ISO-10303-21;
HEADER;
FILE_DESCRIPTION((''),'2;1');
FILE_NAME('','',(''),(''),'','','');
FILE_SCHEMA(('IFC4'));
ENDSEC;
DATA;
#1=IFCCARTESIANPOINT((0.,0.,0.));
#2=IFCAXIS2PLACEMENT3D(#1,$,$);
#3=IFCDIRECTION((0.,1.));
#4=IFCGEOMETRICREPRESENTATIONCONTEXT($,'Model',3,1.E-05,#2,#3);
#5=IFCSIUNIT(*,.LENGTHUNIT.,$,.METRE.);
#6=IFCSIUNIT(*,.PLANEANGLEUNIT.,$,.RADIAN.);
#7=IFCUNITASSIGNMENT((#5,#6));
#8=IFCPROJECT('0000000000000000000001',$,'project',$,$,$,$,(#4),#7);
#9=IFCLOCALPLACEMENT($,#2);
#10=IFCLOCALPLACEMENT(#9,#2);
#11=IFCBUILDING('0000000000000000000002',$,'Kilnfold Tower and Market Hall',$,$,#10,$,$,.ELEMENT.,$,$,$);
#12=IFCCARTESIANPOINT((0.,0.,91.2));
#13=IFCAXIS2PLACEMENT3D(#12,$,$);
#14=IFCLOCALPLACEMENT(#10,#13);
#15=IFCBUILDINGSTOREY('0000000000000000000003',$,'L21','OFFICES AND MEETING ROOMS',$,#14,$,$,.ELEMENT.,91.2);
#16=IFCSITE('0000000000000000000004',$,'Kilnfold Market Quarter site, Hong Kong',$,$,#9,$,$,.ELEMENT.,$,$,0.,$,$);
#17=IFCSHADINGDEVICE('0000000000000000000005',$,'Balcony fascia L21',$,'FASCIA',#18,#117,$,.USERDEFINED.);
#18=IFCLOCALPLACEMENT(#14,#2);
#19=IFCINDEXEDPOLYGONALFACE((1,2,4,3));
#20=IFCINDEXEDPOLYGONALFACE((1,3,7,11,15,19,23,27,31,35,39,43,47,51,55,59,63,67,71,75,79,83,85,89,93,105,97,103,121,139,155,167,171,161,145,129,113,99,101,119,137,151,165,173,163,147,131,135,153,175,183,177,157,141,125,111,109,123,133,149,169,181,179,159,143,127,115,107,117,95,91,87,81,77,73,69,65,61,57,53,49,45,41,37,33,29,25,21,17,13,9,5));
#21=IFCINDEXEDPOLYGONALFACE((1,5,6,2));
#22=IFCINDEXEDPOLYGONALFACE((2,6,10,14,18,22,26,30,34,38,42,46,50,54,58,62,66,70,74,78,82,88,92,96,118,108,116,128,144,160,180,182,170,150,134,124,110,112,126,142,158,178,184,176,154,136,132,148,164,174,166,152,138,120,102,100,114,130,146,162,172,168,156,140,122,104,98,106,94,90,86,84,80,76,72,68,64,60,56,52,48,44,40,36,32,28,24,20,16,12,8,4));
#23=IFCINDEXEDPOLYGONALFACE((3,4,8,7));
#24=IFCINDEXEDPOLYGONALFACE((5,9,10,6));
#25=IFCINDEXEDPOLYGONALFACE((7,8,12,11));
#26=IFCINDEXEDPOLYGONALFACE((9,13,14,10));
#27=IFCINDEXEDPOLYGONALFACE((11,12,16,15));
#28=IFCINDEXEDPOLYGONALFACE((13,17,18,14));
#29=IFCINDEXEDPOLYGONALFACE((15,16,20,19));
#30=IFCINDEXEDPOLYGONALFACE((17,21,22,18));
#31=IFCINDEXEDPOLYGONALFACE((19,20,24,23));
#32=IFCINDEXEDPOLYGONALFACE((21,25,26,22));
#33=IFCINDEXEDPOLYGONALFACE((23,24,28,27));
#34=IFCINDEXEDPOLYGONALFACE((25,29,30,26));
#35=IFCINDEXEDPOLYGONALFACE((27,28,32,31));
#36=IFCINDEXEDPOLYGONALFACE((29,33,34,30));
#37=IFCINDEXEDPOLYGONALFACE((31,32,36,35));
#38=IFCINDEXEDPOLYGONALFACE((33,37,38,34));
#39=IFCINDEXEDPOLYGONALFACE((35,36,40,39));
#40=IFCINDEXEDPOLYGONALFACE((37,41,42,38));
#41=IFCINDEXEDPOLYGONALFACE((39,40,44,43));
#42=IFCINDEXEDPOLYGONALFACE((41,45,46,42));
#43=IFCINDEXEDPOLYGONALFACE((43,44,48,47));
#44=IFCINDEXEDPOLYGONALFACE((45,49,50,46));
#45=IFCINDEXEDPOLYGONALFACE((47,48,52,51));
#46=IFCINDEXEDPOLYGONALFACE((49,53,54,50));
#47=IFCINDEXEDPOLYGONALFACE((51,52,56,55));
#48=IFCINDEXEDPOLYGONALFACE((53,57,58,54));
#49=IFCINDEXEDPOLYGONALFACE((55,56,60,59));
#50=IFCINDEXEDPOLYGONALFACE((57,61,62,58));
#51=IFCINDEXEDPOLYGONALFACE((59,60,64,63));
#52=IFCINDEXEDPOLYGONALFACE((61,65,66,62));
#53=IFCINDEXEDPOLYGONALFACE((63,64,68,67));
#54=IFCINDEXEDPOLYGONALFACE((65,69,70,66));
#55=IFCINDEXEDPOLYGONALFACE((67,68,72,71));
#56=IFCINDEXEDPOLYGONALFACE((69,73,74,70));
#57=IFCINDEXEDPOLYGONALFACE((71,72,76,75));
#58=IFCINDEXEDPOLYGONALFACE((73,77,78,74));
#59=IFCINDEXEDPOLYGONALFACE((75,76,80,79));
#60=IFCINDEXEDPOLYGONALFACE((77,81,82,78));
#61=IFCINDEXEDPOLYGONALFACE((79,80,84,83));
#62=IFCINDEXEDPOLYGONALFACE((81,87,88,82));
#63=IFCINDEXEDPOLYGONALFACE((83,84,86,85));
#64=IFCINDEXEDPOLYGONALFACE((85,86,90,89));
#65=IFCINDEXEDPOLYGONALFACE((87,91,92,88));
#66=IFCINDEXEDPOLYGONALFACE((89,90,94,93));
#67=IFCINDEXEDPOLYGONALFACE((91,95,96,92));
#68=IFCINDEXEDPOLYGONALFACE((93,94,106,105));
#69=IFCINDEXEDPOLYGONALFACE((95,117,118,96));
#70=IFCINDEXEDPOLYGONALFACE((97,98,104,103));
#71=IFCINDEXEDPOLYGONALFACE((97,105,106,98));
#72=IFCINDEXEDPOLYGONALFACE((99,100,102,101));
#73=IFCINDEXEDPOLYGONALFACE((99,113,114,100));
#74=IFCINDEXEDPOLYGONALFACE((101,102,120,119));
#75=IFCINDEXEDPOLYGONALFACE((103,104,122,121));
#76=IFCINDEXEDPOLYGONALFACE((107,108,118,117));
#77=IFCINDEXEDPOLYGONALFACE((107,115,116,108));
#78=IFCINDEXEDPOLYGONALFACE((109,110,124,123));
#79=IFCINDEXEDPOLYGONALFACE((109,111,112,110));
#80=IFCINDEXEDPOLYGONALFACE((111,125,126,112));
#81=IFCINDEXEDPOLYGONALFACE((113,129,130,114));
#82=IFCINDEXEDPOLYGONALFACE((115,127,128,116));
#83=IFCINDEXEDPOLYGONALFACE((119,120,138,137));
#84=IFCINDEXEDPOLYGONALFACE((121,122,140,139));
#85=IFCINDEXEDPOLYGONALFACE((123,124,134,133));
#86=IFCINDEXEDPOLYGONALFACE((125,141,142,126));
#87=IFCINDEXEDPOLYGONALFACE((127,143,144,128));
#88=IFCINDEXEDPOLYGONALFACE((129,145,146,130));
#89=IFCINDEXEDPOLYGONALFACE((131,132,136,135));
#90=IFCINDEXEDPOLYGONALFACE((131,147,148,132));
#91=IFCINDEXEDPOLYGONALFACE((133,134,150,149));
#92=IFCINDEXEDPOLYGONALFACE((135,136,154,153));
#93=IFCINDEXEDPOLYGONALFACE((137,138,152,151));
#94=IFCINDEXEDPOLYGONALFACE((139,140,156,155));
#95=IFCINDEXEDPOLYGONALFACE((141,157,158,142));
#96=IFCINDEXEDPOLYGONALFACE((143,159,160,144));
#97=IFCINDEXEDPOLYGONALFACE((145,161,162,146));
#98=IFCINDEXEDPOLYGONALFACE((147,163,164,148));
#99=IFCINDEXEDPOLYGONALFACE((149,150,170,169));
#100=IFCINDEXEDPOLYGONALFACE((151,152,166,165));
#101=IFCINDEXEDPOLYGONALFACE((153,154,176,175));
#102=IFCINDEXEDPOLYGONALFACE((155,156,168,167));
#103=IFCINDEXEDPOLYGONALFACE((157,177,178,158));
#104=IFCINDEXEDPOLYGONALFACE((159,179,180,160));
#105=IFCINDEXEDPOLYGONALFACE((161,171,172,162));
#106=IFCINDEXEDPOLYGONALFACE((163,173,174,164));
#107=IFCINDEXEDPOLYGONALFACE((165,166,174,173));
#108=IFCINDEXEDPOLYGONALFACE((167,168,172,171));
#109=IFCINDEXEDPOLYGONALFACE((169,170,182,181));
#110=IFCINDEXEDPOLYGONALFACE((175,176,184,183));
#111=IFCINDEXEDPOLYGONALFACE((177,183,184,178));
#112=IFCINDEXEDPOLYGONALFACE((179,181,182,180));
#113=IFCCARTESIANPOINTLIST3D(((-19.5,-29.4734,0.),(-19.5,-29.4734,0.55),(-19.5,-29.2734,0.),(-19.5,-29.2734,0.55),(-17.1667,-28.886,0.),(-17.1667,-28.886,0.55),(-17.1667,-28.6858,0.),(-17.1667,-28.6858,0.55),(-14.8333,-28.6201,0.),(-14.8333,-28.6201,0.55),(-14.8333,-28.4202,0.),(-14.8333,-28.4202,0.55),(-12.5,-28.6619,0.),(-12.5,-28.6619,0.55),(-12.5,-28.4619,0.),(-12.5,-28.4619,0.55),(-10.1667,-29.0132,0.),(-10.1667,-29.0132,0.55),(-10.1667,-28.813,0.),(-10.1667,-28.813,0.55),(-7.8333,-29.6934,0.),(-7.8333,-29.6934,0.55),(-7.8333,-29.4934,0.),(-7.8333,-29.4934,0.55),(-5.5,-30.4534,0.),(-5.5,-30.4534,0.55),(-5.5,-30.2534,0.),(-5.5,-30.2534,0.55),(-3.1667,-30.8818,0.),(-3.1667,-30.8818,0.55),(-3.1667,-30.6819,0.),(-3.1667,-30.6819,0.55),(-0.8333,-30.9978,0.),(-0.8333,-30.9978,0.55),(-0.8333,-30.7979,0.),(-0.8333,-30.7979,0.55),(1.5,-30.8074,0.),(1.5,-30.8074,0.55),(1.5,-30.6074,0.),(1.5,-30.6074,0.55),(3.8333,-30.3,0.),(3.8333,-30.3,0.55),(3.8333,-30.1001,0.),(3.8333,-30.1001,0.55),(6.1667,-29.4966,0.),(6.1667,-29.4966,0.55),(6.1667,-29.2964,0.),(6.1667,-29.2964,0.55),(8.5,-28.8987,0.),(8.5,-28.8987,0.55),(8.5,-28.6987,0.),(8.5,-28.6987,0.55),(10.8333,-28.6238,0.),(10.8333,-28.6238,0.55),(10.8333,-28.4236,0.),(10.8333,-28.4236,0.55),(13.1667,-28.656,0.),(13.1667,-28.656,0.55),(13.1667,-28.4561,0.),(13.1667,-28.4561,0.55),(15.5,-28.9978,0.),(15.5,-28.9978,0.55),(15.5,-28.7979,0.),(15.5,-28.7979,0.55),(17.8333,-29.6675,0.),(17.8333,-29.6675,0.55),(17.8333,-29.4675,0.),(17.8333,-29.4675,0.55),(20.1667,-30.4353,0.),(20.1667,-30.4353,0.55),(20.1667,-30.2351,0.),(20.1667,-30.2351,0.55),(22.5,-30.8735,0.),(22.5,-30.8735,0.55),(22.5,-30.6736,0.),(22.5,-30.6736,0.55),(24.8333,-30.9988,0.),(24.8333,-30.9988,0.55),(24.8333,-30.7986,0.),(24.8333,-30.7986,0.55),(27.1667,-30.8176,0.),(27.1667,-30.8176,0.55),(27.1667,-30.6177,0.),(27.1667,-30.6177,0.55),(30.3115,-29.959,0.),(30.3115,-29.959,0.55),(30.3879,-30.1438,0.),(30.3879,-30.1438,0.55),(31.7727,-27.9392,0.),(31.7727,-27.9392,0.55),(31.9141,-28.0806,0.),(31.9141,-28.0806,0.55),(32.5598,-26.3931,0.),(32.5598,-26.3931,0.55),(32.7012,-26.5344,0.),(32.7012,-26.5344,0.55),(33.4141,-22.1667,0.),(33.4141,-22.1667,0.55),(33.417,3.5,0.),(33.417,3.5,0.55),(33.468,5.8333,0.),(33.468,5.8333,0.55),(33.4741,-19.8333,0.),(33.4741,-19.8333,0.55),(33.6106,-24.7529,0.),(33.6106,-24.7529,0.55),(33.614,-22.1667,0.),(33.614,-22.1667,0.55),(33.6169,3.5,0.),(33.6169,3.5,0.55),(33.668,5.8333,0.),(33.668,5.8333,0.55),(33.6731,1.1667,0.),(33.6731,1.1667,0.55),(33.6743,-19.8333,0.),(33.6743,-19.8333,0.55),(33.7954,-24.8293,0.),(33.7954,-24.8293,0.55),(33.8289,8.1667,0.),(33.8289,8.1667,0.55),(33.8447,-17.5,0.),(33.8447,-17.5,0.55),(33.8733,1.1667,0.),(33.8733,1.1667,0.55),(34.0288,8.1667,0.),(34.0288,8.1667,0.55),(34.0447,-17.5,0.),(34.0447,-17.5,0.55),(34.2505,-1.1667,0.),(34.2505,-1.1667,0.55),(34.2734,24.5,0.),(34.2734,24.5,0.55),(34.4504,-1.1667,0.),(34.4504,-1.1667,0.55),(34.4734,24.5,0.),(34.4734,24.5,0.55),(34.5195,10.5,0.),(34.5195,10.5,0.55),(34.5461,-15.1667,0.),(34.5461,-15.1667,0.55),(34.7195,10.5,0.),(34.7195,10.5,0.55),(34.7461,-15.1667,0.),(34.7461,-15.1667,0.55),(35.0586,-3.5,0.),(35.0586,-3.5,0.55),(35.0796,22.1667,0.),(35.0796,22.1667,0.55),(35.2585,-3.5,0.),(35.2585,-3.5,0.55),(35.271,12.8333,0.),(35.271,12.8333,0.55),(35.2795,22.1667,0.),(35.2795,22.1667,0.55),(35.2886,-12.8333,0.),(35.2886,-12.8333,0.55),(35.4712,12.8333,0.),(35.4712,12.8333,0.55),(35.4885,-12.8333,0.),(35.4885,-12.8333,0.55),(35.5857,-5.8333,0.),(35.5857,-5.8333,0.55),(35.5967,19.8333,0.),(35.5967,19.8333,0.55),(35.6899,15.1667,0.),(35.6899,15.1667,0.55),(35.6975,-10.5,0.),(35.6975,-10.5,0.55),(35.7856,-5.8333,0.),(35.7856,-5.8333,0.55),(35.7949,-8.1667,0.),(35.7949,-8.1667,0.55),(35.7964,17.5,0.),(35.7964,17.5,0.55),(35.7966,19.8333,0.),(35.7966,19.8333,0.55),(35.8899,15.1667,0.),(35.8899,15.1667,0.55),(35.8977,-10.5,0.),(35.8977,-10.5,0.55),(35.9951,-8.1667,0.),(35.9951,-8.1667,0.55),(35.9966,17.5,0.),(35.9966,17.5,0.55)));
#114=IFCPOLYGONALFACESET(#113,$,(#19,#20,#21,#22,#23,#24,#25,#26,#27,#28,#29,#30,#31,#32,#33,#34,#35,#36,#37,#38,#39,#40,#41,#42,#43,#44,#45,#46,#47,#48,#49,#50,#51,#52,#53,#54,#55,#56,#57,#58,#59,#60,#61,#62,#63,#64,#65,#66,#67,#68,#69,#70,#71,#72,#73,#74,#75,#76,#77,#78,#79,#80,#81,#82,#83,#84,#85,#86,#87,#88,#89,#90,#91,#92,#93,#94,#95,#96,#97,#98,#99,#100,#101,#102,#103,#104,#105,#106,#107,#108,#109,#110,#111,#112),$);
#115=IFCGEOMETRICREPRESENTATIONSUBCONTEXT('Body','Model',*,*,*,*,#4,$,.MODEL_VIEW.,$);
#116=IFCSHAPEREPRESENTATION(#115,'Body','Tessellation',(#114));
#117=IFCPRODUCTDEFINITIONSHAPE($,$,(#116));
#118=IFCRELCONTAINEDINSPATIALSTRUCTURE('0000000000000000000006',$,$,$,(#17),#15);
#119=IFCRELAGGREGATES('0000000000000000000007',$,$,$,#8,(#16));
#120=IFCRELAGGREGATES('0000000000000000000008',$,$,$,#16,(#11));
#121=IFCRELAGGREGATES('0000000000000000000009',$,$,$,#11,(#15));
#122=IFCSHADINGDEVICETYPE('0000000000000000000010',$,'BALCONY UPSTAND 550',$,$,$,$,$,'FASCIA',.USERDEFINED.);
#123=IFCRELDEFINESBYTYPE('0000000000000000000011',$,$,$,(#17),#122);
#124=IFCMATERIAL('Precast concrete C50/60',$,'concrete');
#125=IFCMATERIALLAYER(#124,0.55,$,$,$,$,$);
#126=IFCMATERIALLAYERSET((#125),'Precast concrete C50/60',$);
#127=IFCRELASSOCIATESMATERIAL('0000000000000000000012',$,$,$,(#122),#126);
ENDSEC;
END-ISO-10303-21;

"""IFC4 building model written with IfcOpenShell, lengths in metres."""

from ifc_helpers import new_model, si_unit, direction, frame, origin, place, context, subcontext, project, spatial, polyline, outline, extrude, source, transform, mapped, material, layer, layer_set, type_object, element, save


model = new_model("IFC4")

# Units and contexts
model_context = context("Model", 3, precision=1e-05, world=origin(), true_north=direction((0.0, 1.0)))
body_context = subcontext(model_context, "Body", "Model", "MODEL_VIEW")
ifc_project = project(units=[si_unit("LENGTHUNIT", "METRE"), si_unit("PLANEANGLEUNIT", "RADIAN")], contexts=[model_context])

# Site, building, storey
site_placement = place(None, origin())
site = spatial("IfcSite", under=ifc_project, at=site_placement, Name="Kilnfold Market Quarter site, Hong Kong", CompositionType="ELEMENT", RefElevation=0.0)
building_placement = place(site_placement, origin())
building = spatial("IfcBuilding", under=site, at=building_placement, Name="Kilnfold Tower and Market Hall", CompositionType="ELEMENT")
storey_placement = place(building_placement, frame((0.0, 0.0, 91.2)))
storey = spatial("IfcBuildingStorey", under=building, at=storey_placement, Name="L21", Description="OFFICES AND MEETING ROOMS", CompositionType="ELEMENT", Elevation=91.2)

# Shading device
ifc_material_1 = material(Name="Precast concrete C50/60", Category="concrete")
ifc_layer_1 = layer(ifc_material_1, 0.55)
ifc_layer_set_1 = layer_set([ifc_layer_1], Name="Precast concrete C50/60")
shading_device_type_1 = type_object("IfcShadingDeviceType", Name="BALCONY UPSTAND 550", ElementType="FASCIA", PredefinedType="USERDEFINED", material=ifc_layer_set_1)
shared_shape_1 = source(origin(), body_context, "Body", "SweptSolid", [
    extrude(outline(polyline([(-19.5, -29.4734), (-17.1667, -28.886), (-14.8333, -28.6201), (-12.5, -28.6619), (-10.1667, -29.0132), (-7.8333, -29.6934), (-5.5, -30.4534), (-3.1667, -30.8818), (-0.8333, -30.9978), (1.5, -30.8074), (3.8333, -30.3), (6.1667, -29.4966), (8.5, -28.8987), (10.8333, -28.6238), (13.1667, -28.656), (15.5, -28.9978), (17.8333, -29.6675), (20.1667, -30.4353), (22.5, -30.8735), (24.8333, -30.9988), (27.1667, -30.8176), (30.3879, -30.1438), (31.9141, -28.0806), (32.7012, -26.5344), (33.7954, -24.8293), (33.614, -22.1667), (33.6743, -19.8333), (34.0447, -17.5), (34.7461, -15.1667), (35.4885, -12.8333), (35.8977, -10.5), (35.9951, -8.1667), (35.7856, -5.8333), (35.2585, -3.5), (34.4504, -1.1667), (33.8733, 1.1667), (33.6169, 3.5), (33.668, 5.8333), (34.0288, 8.1667), (34.7195, 10.5), (35.4712, 12.8333), (35.8899, 15.1667), (35.9966, 17.5), (35.7966, 19.8333), (35.2795, 22.1667), (34.4734, 24.5), (34.2734, 24.5), (35.0796, 22.1667), (35.5967, 19.8333), (35.7964, 17.5), (35.6899, 15.1667), (35.271, 12.8333), (34.5195, 10.5), (33.8289, 8.1667), (33.468, 5.8333), (33.417, 3.5), (33.6731, 1.1667), (34.2505, -1.1667), (35.0586, -3.5), (35.5857, -5.8333), (35.7949, -8.1667), (35.6975, -10.5), (35.2886, -12.8333), (34.5461, -15.1667), (33.8447, -17.5), (33.4741, -19.8333), (33.4141, -22.1667), (33.6106, -24.7529), (32.5598, -26.3931), (31.7727, -27.9392), (30.3115, -29.959), (27.1667, -30.6177), (24.8333, -30.7986), (22.5, -30.6736), (20.1667, -30.2351), (17.8333, -29.4675), (15.5, -28.7979), (13.1667, -28.4561), (10.8333, -28.4236), (8.5, -28.6987), (6.1667, -29.2964), (3.8333, -30.1001), (1.5, -30.6074), (-0.8333, -30.7979), (-3.1667, -30.6819), (-5.5, -30.2534), (-7.8333, -29.4934), (-10.1667, -28.813), (-12.5, -28.4619), (-14.8333, -28.4202), (-17.1667, -28.6858), (-19.5, -29.2734), (-19.5, -29.4734)])), origin(), (0.0, 0.0, 1.0), 0.55),
])
shading_device_1_placement = place(storey_placement, origin())
element("IfcShadingDevice", 1, at=shading_device_1_placement, inside=storey, type_object=shading_device_type_1, Name="Balcony fascia L21", ObjectType="FASCIA", PredefinedType="USERDEFINED", context=body_context, shape_type="MappedRepresentation", body=[
    mapped(shared_shape_1, transform((0.0, 0.0, 0.0))),
])

save(model, "model.ifc")
